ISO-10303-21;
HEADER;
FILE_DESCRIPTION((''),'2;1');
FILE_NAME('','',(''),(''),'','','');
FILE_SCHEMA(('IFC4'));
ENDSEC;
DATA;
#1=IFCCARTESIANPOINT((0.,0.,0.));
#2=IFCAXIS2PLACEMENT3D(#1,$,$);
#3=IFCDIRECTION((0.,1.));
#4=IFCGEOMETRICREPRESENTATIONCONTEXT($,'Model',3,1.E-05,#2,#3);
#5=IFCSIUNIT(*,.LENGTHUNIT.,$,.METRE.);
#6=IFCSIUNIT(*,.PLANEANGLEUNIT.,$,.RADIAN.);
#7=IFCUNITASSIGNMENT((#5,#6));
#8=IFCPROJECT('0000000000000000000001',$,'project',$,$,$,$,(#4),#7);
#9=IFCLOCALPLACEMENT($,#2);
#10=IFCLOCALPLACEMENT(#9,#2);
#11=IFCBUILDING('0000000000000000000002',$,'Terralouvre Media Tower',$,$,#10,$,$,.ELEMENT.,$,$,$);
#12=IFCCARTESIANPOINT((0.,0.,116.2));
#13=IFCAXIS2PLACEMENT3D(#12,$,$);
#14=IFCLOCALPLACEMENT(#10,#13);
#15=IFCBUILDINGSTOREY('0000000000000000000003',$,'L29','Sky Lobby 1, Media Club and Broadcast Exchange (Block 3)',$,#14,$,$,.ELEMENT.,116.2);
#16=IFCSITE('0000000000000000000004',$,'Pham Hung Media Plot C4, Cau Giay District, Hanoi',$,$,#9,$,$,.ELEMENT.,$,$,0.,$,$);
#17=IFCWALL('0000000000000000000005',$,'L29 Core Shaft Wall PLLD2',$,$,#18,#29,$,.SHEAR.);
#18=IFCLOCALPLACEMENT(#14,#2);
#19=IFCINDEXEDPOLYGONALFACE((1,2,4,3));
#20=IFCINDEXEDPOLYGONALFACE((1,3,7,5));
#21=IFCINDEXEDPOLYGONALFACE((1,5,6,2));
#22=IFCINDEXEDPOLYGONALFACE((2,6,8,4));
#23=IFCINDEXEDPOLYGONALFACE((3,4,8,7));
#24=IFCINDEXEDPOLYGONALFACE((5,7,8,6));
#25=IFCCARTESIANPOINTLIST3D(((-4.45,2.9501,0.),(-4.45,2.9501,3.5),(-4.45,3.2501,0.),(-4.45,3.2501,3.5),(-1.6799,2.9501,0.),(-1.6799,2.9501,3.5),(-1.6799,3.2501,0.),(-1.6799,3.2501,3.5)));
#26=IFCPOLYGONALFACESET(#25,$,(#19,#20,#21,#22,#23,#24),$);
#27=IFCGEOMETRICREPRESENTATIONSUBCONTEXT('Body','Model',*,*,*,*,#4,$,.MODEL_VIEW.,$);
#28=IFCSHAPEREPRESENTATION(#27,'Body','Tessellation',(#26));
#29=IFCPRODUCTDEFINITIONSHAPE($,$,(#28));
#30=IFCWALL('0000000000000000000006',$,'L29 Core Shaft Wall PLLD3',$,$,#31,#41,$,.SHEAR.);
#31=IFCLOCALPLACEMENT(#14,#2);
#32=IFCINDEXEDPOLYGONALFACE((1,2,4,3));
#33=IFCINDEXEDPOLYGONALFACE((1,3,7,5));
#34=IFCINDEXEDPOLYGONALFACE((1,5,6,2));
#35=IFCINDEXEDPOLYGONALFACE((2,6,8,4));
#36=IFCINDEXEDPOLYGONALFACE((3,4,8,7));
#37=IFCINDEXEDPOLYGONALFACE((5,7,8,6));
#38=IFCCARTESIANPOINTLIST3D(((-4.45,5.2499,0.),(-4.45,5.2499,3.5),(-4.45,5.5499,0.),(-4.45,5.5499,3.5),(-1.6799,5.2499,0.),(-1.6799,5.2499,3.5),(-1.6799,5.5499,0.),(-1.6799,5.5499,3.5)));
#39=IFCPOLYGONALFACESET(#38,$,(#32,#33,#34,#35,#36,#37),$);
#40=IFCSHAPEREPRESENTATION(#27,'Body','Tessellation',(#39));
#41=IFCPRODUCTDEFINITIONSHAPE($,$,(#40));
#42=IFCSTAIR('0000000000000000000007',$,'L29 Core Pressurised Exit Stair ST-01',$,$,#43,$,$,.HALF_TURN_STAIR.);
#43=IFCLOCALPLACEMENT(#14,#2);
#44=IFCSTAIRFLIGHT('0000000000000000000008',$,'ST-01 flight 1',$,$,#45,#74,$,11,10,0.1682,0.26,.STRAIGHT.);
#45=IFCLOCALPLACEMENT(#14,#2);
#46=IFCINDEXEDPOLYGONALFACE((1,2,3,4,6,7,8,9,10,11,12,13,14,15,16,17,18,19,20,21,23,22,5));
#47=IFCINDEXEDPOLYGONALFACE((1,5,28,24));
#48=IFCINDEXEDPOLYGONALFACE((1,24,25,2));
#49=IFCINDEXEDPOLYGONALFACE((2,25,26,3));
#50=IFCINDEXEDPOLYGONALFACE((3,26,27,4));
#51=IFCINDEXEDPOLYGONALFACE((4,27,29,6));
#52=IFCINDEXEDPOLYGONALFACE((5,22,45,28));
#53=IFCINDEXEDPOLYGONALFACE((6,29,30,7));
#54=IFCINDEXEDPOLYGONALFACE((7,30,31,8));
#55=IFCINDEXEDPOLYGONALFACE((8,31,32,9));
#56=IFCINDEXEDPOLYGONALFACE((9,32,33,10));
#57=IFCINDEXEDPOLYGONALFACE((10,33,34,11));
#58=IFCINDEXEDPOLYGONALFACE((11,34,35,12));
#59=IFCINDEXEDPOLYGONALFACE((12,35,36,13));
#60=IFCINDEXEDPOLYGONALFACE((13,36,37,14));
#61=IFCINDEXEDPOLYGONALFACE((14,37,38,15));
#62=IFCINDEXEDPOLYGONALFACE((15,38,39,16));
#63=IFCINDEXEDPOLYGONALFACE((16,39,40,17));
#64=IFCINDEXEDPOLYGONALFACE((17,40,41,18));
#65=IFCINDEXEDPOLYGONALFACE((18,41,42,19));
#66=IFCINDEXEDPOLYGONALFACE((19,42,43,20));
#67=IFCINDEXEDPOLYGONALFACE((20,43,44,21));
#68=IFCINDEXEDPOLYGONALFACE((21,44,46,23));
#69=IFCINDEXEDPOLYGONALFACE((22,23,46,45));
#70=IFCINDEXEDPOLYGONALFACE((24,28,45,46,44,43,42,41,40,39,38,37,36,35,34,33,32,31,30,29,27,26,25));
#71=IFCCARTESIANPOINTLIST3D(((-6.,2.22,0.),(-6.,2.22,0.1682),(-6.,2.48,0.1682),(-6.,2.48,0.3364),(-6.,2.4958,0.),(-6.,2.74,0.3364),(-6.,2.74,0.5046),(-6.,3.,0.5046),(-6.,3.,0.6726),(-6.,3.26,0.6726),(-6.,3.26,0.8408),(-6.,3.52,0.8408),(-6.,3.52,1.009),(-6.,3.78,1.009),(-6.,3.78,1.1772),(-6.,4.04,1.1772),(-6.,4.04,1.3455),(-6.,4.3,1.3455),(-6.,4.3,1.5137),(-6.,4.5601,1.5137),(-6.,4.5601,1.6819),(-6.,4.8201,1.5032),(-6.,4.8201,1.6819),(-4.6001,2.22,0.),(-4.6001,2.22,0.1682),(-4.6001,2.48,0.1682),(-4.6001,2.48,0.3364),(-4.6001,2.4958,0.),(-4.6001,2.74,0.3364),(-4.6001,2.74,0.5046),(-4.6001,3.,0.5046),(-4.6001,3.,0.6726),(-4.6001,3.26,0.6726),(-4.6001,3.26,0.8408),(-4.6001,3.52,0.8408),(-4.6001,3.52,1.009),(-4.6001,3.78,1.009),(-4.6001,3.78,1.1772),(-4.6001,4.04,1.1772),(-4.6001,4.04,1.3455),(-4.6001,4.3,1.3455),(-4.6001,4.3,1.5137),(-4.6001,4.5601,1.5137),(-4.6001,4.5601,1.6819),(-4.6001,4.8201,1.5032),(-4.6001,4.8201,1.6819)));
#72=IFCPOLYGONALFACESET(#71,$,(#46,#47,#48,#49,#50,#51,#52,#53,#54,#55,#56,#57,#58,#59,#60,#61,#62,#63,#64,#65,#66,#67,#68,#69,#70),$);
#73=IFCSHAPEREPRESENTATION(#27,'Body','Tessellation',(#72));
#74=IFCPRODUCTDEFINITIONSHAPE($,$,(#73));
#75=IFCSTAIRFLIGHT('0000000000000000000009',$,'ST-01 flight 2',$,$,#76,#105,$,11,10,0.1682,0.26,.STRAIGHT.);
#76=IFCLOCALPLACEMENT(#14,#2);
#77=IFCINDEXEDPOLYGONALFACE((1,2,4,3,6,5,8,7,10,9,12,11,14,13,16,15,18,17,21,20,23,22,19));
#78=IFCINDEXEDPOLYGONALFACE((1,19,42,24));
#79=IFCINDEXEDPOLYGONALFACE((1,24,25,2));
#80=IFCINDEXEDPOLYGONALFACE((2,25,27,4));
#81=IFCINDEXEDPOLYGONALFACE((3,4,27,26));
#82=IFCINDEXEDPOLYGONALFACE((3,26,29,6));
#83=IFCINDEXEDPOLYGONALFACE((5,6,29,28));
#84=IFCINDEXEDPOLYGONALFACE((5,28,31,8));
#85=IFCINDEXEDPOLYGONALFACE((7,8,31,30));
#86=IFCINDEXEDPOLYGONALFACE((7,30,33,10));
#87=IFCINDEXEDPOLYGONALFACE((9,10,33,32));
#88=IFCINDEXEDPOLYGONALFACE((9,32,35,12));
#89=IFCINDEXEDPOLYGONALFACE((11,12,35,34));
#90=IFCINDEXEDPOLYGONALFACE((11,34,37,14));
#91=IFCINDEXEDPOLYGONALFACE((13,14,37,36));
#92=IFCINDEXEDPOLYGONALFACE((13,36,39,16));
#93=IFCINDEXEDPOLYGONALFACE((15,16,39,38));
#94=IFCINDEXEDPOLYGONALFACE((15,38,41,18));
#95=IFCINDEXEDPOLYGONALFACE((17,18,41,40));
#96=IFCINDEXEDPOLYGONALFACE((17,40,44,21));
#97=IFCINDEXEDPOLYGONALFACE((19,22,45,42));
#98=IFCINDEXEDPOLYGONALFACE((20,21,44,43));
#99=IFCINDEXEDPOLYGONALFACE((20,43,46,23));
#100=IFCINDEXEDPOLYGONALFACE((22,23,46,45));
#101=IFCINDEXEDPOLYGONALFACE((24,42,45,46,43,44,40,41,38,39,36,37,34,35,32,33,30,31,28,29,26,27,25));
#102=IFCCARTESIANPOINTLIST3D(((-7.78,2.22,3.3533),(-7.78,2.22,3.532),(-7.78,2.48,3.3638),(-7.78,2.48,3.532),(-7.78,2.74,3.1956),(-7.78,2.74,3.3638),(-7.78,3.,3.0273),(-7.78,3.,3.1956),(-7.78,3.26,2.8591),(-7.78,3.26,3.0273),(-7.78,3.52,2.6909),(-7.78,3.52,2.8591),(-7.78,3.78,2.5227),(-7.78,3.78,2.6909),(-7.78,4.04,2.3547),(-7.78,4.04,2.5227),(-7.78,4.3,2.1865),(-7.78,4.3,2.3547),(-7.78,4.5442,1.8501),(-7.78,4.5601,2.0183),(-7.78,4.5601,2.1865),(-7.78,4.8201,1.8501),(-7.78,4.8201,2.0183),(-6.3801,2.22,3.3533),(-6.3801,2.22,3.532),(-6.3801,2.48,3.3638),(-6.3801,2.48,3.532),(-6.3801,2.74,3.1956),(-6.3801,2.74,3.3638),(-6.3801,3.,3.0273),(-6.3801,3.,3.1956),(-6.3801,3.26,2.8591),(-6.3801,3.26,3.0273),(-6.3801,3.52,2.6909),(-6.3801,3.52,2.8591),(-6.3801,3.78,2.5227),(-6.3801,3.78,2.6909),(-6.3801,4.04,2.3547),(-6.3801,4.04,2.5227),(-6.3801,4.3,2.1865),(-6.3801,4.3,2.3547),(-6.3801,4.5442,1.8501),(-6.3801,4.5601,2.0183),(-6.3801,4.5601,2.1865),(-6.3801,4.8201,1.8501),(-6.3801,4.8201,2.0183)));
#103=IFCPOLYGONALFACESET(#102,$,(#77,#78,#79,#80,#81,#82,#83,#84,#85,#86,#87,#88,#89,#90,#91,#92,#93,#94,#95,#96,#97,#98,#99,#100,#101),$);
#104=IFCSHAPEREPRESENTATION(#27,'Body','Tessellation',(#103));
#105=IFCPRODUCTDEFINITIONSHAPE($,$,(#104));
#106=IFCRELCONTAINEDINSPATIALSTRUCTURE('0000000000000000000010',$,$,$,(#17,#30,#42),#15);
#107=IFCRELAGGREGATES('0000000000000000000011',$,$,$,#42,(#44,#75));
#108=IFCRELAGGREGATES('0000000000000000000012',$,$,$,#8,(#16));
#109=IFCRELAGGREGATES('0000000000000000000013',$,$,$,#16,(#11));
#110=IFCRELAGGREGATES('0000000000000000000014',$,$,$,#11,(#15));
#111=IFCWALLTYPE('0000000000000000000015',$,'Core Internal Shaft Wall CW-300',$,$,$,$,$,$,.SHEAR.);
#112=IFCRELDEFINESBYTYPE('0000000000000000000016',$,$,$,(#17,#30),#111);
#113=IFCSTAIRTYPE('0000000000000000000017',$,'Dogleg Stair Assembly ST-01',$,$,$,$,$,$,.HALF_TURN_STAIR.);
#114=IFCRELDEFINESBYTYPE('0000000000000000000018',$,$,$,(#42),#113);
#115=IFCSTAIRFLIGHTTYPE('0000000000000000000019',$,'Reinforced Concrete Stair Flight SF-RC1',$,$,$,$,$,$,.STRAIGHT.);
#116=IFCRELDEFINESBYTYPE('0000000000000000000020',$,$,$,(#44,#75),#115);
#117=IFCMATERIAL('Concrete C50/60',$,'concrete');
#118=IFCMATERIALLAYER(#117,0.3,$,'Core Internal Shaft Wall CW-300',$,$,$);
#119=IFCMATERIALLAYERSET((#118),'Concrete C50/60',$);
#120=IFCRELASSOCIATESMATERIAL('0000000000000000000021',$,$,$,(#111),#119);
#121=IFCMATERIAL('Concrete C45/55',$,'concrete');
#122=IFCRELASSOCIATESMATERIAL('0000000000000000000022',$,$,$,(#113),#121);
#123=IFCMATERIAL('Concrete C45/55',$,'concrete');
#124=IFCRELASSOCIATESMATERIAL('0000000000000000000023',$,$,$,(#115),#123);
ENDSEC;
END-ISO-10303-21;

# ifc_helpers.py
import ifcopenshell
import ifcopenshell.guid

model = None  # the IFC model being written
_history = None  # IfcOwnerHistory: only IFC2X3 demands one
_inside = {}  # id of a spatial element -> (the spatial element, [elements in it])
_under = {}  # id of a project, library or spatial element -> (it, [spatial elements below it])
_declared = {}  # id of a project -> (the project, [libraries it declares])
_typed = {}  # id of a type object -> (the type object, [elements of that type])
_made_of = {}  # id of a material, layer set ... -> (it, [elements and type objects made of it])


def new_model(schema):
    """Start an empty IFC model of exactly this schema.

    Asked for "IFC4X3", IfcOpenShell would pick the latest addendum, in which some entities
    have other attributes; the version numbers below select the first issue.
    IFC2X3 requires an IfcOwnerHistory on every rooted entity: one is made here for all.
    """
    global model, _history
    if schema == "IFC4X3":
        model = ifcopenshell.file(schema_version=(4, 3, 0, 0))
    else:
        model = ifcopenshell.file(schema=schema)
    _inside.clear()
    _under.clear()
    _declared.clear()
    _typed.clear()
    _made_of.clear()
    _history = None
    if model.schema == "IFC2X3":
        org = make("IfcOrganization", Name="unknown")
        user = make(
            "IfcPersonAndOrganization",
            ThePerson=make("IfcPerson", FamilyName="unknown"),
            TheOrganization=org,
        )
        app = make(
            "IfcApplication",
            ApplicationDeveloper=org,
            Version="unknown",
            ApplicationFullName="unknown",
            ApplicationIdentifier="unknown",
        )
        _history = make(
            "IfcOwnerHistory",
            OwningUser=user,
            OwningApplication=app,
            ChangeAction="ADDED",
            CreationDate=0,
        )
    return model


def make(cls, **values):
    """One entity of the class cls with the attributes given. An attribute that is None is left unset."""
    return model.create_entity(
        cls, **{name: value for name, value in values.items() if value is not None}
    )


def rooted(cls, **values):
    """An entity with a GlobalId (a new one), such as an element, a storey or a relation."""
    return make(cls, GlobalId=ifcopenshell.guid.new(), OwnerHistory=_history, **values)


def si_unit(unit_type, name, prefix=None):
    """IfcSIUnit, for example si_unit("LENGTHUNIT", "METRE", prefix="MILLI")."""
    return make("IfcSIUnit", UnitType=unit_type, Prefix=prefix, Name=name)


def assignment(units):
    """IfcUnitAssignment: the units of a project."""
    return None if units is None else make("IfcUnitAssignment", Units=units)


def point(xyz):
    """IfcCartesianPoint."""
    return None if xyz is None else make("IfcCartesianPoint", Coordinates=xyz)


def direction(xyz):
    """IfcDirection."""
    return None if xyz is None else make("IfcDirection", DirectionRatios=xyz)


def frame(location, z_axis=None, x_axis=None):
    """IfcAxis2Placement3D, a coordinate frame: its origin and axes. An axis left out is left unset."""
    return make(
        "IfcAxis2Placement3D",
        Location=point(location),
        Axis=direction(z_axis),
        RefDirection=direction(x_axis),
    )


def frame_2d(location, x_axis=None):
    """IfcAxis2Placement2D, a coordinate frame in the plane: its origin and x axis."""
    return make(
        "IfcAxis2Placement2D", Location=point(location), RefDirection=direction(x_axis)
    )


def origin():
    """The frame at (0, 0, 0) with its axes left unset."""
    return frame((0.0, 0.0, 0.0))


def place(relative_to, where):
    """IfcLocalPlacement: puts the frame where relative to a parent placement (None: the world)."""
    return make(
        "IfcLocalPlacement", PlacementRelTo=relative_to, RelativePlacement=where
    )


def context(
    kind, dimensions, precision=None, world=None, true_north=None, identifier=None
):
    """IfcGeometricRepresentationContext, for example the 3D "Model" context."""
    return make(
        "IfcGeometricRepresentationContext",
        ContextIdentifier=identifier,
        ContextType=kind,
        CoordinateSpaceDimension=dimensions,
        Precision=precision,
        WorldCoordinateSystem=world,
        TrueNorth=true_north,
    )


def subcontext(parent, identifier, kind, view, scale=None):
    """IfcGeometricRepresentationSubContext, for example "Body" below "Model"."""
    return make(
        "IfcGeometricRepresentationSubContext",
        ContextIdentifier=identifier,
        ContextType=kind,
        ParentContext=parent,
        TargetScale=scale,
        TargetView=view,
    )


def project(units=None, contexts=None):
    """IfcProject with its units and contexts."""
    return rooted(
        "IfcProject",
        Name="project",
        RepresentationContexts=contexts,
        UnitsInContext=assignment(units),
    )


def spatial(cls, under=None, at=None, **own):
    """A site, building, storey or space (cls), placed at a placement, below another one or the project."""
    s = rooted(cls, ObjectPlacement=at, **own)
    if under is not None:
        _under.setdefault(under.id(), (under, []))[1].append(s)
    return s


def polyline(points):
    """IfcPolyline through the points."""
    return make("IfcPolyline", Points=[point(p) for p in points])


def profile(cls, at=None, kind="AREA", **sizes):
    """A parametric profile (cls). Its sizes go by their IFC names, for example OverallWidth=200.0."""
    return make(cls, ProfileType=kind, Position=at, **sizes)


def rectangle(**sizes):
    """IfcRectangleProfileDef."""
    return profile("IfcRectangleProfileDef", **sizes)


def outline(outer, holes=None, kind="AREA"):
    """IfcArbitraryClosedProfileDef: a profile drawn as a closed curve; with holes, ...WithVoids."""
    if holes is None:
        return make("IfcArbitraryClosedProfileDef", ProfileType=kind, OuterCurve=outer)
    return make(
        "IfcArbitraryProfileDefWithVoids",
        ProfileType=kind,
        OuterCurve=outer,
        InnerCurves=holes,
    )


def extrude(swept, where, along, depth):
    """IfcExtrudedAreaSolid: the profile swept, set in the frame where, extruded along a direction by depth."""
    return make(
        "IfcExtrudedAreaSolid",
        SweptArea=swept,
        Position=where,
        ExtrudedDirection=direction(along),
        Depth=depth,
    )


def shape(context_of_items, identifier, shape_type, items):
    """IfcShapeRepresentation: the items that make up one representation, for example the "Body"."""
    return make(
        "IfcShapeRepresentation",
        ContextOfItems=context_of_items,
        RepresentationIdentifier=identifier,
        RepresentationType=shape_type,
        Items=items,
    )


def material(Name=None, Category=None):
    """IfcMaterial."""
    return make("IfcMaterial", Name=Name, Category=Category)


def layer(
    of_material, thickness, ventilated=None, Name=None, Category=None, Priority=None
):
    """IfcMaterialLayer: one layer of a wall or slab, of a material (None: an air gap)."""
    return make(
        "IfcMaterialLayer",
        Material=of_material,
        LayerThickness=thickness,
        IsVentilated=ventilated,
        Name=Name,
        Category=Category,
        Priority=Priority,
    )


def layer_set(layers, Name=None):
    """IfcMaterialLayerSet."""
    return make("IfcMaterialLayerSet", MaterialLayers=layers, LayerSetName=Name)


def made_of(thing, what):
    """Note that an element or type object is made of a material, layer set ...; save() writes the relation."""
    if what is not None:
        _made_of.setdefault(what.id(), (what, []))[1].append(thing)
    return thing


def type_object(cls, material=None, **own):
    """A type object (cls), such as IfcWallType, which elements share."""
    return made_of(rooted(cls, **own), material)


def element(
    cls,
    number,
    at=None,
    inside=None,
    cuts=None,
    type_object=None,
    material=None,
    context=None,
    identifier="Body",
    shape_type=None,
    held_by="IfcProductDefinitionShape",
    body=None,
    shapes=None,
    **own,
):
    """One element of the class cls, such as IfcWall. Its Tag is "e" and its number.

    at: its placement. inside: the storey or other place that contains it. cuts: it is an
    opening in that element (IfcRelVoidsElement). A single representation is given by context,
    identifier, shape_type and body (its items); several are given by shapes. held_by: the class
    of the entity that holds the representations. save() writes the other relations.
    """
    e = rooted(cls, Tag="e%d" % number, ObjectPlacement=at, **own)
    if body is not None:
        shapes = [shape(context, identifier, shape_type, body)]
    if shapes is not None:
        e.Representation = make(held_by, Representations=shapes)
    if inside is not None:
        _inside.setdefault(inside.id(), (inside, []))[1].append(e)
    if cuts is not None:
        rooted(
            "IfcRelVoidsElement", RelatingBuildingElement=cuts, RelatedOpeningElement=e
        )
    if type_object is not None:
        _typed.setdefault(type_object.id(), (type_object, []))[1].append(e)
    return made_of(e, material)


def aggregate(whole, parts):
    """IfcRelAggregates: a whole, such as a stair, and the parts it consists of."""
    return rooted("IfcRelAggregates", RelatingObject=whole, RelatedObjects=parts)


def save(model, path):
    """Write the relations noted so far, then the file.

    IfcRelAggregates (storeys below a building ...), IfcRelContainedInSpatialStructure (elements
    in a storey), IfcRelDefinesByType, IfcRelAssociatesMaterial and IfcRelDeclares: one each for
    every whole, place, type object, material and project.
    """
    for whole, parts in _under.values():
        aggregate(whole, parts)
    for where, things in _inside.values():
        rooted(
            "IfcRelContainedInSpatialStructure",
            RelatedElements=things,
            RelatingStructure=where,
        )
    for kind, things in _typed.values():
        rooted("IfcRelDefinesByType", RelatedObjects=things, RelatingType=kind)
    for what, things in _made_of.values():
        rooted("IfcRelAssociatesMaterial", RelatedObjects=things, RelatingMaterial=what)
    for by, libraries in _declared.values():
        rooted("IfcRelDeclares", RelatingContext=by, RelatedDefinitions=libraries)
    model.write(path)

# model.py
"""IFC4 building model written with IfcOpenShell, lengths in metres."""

from ifc_helpers import new_model, si_unit, direction, frame, frame_2d, origin, place, context, subcontext, project, spatial, polyline, rectangle, outline, extrude, material, layer, layer_set, type_object, element, aggregate, save


model = new_model("IFC4")

# Units and contexts
model_context = context("Model", 3, precision=1e-05, world=origin(), true_north=direction((0.0, 1.0)))
body_context = subcontext(model_context, "Body", "Model", "MODEL_VIEW")
ifc_project = project(units=[si_unit("LENGTHUNIT", "METRE"), si_unit("PLANEANGLEUNIT", "RADIAN")], contexts=[model_context])

# Site, building, storey
site_placement = place(None, origin())
site = spatial("IfcSite", under=ifc_project, at=site_placement, Name="Pham Hung Media Plot C4, Cau Giay District, Hanoi", CompositionType="ELEMENT", RefElevation=0.0)
building_placement = place(site_placement, origin())
building = spatial("IfcBuilding", under=site, at=building_placement, Name="Terralouvre Media Tower", CompositionType="ELEMENT")
storey_placement = place(building_placement, frame((0.0, 0.0, 116.2)))
storey = spatial("IfcBuildingStorey", under=building, at=storey_placement, Name="L29", Description="Sky Lobby 1, Media Club and Broadcast Exchange (Block 3)", CompositionType="ELEMENT", Elevation=116.2)

# Shared definitions
ifc_material_1 = material(Name="Concrete C50/60", Category="concrete")
ifc_layer_1 = layer(ifc_material_1, 0.3, Name="Core Internal Shaft Wall CW-300")
ifc_layer_set_1 = layer_set([ifc_layer_1], Name="Concrete C50/60")
wall_type_1 = type_object("IfcWallType", Name="Core Internal Shaft Wall CW-300", PredefinedType="SHEAR", material=ifc_layer_set_1)

# Walls
for number, where, z_axis, x_axis, name in (
    (1, (-4.45, 3.1001, 0.0), (0.0, 0.0, 1.0), (1.0, 0.0, 0.0), "L29 Core Shaft Wall PLLD2"),
    (2, (-4.45, 5.3999, 0.0), (0.0, 0.0, 1.0), (1.0, 0.0, 0.0), "L29 Core Shaft Wall PLLD3"),
):
    element("IfcWall", number, at=place(storey_placement, frame(where, z_axis=z_axis, x_axis=x_axis)), inside=storey, type_object=wall_type_1, Name=name, PredefinedType="SHEAR", context=body_context, shape_type="SweptSolid", body=[
        extrude(rectangle(XDim=2.77, YDim=0.3, at=frame_2d((1.385, 0.0))), origin(), (0.0, 0.0, 1.0), 3.5),
    ])

# Stair, stair flights
ifc_material_2 = material(Name="Concrete C45/55", Category="concrete")
stair_type = type_object("IfcStairType", Name="Dogleg Stair Assembly ST-01", PredefinedType="HALF_TURN_STAIR", material=ifc_material_2)
stair_placement = place(storey_placement, origin())
stair = element("IfcStair", 3, at=stair_placement, inside=storey, type_object=stair_type, Name="L29 Core Pressurised Exit Stair ST-01", PredefinedType="HALF_TURN_STAIR")
ifc_material_3 = material(Name="Concrete C45/55", Category="concrete")
stair_flight_type = type_object("IfcStairFlightType", Name="Reinforced Concrete Stair Flight SF-RC1", PredefinedType="STRAIGHT", material=ifc_material_3)
stair_flight_1_placement = place(storey_placement, frame((-5.3, 2.22, 0.0), z_axis=(0.0, 0.0, 1.0), x_axis=(0.0, 1.0, 0.0)))
stair_flight_1 = element("IfcStairFlight", 4, at=stair_flight_1_placement, type_object=stair_flight_type, Name="ST-01 flight 1", NumberOfRisers=11, NumberOfTreads=10, PredefinedType="STRAIGHT", RiserHeight=0.1682, TreadLength=0.26, context=body_context, shape_type="SweptSolid", body=[
    extrude(outline(polyline([(0.0, 0.0), (0.0, 0.1682), (0.26, 0.1682), (0.26, 0.3364), (0.52, 0.3364), (0.52, 0.5046), (0.78, 0.5046), (0.78, 0.6726), (1.04, 0.6726), (1.04, 0.8408), (1.3, 0.8408), (1.3, 1.009), (1.5601, 1.009), (1.5601, 1.1772), (1.8201, 1.1772), (1.8201, 1.3455), (2.0801, 1.3455), (2.0801, 1.5137), (2.3401, 1.5137), (2.3401, 1.6819), (2.6001, 1.6819), (2.6001, 1.8501), (2.6001, 1.5032), (0.2759, 0.0), (0.0, 0.0)])), frame((0.0, 0.7, 0.0), z_axis=(0.0, -1.0, 0.0), x_axis=(1.0, 0.0, 0.0)), (0.0, 0.0, 1.0), 1.3999),
])
stair_flight_2_placement = place(storey_placement, frame((-7.0801, 4.8201, 1.8501), z_axis=(0.0, 0.0, 1.0), x_axis=(0.0, -1.0, 0.0)))
stair_flight_2 = element("IfcStairFlight", 5, at=stair_flight_2_placement, type_object=stair_flight_type, Name="ST-01 flight 2", NumberOfRisers=11, NumberOfTreads=10, PredefinedType="STRAIGHT", RiserHeight=0.1682, TreadLength=0.26, context=body_context, shape_type="SweptSolid", body=[
    extrude(outline(polyline([(0.0, 0.0), (0.0, 0.1682), (0.26, 0.1682), (0.26, 0.3364), (0.52, 0.3364), (0.52, 0.5046), (0.78, 0.5046), (0.78, 0.6726), (1.04, 0.6726), (1.04, 0.8408), (1.3, 0.8408), (1.3, 1.009), (1.5601, 1.009), (1.5601, 1.1772), (1.8201, 1.1772), (1.8201, 1.3455), (2.0801, 1.3455), (2.0801, 1.5137), (2.3401, 1.5137), (2.3401, 1.6819), (2.6001, 1.6819), (2.6001, 1.8501), (2.6001, 1.5032), (0.2759, 0.0), (0.0, 0.0)])), frame((0.0, 0.7, 0.0), z_axis=(0.0, -1.0, 0.0), x_axis=(1.0, 0.0, 0.0)), (0.0, 0.0, 1.0), 1.3999),
])
aggregate(stair, [stair_flight_1, stair_flight_2])

save(model, "model.ifc")
